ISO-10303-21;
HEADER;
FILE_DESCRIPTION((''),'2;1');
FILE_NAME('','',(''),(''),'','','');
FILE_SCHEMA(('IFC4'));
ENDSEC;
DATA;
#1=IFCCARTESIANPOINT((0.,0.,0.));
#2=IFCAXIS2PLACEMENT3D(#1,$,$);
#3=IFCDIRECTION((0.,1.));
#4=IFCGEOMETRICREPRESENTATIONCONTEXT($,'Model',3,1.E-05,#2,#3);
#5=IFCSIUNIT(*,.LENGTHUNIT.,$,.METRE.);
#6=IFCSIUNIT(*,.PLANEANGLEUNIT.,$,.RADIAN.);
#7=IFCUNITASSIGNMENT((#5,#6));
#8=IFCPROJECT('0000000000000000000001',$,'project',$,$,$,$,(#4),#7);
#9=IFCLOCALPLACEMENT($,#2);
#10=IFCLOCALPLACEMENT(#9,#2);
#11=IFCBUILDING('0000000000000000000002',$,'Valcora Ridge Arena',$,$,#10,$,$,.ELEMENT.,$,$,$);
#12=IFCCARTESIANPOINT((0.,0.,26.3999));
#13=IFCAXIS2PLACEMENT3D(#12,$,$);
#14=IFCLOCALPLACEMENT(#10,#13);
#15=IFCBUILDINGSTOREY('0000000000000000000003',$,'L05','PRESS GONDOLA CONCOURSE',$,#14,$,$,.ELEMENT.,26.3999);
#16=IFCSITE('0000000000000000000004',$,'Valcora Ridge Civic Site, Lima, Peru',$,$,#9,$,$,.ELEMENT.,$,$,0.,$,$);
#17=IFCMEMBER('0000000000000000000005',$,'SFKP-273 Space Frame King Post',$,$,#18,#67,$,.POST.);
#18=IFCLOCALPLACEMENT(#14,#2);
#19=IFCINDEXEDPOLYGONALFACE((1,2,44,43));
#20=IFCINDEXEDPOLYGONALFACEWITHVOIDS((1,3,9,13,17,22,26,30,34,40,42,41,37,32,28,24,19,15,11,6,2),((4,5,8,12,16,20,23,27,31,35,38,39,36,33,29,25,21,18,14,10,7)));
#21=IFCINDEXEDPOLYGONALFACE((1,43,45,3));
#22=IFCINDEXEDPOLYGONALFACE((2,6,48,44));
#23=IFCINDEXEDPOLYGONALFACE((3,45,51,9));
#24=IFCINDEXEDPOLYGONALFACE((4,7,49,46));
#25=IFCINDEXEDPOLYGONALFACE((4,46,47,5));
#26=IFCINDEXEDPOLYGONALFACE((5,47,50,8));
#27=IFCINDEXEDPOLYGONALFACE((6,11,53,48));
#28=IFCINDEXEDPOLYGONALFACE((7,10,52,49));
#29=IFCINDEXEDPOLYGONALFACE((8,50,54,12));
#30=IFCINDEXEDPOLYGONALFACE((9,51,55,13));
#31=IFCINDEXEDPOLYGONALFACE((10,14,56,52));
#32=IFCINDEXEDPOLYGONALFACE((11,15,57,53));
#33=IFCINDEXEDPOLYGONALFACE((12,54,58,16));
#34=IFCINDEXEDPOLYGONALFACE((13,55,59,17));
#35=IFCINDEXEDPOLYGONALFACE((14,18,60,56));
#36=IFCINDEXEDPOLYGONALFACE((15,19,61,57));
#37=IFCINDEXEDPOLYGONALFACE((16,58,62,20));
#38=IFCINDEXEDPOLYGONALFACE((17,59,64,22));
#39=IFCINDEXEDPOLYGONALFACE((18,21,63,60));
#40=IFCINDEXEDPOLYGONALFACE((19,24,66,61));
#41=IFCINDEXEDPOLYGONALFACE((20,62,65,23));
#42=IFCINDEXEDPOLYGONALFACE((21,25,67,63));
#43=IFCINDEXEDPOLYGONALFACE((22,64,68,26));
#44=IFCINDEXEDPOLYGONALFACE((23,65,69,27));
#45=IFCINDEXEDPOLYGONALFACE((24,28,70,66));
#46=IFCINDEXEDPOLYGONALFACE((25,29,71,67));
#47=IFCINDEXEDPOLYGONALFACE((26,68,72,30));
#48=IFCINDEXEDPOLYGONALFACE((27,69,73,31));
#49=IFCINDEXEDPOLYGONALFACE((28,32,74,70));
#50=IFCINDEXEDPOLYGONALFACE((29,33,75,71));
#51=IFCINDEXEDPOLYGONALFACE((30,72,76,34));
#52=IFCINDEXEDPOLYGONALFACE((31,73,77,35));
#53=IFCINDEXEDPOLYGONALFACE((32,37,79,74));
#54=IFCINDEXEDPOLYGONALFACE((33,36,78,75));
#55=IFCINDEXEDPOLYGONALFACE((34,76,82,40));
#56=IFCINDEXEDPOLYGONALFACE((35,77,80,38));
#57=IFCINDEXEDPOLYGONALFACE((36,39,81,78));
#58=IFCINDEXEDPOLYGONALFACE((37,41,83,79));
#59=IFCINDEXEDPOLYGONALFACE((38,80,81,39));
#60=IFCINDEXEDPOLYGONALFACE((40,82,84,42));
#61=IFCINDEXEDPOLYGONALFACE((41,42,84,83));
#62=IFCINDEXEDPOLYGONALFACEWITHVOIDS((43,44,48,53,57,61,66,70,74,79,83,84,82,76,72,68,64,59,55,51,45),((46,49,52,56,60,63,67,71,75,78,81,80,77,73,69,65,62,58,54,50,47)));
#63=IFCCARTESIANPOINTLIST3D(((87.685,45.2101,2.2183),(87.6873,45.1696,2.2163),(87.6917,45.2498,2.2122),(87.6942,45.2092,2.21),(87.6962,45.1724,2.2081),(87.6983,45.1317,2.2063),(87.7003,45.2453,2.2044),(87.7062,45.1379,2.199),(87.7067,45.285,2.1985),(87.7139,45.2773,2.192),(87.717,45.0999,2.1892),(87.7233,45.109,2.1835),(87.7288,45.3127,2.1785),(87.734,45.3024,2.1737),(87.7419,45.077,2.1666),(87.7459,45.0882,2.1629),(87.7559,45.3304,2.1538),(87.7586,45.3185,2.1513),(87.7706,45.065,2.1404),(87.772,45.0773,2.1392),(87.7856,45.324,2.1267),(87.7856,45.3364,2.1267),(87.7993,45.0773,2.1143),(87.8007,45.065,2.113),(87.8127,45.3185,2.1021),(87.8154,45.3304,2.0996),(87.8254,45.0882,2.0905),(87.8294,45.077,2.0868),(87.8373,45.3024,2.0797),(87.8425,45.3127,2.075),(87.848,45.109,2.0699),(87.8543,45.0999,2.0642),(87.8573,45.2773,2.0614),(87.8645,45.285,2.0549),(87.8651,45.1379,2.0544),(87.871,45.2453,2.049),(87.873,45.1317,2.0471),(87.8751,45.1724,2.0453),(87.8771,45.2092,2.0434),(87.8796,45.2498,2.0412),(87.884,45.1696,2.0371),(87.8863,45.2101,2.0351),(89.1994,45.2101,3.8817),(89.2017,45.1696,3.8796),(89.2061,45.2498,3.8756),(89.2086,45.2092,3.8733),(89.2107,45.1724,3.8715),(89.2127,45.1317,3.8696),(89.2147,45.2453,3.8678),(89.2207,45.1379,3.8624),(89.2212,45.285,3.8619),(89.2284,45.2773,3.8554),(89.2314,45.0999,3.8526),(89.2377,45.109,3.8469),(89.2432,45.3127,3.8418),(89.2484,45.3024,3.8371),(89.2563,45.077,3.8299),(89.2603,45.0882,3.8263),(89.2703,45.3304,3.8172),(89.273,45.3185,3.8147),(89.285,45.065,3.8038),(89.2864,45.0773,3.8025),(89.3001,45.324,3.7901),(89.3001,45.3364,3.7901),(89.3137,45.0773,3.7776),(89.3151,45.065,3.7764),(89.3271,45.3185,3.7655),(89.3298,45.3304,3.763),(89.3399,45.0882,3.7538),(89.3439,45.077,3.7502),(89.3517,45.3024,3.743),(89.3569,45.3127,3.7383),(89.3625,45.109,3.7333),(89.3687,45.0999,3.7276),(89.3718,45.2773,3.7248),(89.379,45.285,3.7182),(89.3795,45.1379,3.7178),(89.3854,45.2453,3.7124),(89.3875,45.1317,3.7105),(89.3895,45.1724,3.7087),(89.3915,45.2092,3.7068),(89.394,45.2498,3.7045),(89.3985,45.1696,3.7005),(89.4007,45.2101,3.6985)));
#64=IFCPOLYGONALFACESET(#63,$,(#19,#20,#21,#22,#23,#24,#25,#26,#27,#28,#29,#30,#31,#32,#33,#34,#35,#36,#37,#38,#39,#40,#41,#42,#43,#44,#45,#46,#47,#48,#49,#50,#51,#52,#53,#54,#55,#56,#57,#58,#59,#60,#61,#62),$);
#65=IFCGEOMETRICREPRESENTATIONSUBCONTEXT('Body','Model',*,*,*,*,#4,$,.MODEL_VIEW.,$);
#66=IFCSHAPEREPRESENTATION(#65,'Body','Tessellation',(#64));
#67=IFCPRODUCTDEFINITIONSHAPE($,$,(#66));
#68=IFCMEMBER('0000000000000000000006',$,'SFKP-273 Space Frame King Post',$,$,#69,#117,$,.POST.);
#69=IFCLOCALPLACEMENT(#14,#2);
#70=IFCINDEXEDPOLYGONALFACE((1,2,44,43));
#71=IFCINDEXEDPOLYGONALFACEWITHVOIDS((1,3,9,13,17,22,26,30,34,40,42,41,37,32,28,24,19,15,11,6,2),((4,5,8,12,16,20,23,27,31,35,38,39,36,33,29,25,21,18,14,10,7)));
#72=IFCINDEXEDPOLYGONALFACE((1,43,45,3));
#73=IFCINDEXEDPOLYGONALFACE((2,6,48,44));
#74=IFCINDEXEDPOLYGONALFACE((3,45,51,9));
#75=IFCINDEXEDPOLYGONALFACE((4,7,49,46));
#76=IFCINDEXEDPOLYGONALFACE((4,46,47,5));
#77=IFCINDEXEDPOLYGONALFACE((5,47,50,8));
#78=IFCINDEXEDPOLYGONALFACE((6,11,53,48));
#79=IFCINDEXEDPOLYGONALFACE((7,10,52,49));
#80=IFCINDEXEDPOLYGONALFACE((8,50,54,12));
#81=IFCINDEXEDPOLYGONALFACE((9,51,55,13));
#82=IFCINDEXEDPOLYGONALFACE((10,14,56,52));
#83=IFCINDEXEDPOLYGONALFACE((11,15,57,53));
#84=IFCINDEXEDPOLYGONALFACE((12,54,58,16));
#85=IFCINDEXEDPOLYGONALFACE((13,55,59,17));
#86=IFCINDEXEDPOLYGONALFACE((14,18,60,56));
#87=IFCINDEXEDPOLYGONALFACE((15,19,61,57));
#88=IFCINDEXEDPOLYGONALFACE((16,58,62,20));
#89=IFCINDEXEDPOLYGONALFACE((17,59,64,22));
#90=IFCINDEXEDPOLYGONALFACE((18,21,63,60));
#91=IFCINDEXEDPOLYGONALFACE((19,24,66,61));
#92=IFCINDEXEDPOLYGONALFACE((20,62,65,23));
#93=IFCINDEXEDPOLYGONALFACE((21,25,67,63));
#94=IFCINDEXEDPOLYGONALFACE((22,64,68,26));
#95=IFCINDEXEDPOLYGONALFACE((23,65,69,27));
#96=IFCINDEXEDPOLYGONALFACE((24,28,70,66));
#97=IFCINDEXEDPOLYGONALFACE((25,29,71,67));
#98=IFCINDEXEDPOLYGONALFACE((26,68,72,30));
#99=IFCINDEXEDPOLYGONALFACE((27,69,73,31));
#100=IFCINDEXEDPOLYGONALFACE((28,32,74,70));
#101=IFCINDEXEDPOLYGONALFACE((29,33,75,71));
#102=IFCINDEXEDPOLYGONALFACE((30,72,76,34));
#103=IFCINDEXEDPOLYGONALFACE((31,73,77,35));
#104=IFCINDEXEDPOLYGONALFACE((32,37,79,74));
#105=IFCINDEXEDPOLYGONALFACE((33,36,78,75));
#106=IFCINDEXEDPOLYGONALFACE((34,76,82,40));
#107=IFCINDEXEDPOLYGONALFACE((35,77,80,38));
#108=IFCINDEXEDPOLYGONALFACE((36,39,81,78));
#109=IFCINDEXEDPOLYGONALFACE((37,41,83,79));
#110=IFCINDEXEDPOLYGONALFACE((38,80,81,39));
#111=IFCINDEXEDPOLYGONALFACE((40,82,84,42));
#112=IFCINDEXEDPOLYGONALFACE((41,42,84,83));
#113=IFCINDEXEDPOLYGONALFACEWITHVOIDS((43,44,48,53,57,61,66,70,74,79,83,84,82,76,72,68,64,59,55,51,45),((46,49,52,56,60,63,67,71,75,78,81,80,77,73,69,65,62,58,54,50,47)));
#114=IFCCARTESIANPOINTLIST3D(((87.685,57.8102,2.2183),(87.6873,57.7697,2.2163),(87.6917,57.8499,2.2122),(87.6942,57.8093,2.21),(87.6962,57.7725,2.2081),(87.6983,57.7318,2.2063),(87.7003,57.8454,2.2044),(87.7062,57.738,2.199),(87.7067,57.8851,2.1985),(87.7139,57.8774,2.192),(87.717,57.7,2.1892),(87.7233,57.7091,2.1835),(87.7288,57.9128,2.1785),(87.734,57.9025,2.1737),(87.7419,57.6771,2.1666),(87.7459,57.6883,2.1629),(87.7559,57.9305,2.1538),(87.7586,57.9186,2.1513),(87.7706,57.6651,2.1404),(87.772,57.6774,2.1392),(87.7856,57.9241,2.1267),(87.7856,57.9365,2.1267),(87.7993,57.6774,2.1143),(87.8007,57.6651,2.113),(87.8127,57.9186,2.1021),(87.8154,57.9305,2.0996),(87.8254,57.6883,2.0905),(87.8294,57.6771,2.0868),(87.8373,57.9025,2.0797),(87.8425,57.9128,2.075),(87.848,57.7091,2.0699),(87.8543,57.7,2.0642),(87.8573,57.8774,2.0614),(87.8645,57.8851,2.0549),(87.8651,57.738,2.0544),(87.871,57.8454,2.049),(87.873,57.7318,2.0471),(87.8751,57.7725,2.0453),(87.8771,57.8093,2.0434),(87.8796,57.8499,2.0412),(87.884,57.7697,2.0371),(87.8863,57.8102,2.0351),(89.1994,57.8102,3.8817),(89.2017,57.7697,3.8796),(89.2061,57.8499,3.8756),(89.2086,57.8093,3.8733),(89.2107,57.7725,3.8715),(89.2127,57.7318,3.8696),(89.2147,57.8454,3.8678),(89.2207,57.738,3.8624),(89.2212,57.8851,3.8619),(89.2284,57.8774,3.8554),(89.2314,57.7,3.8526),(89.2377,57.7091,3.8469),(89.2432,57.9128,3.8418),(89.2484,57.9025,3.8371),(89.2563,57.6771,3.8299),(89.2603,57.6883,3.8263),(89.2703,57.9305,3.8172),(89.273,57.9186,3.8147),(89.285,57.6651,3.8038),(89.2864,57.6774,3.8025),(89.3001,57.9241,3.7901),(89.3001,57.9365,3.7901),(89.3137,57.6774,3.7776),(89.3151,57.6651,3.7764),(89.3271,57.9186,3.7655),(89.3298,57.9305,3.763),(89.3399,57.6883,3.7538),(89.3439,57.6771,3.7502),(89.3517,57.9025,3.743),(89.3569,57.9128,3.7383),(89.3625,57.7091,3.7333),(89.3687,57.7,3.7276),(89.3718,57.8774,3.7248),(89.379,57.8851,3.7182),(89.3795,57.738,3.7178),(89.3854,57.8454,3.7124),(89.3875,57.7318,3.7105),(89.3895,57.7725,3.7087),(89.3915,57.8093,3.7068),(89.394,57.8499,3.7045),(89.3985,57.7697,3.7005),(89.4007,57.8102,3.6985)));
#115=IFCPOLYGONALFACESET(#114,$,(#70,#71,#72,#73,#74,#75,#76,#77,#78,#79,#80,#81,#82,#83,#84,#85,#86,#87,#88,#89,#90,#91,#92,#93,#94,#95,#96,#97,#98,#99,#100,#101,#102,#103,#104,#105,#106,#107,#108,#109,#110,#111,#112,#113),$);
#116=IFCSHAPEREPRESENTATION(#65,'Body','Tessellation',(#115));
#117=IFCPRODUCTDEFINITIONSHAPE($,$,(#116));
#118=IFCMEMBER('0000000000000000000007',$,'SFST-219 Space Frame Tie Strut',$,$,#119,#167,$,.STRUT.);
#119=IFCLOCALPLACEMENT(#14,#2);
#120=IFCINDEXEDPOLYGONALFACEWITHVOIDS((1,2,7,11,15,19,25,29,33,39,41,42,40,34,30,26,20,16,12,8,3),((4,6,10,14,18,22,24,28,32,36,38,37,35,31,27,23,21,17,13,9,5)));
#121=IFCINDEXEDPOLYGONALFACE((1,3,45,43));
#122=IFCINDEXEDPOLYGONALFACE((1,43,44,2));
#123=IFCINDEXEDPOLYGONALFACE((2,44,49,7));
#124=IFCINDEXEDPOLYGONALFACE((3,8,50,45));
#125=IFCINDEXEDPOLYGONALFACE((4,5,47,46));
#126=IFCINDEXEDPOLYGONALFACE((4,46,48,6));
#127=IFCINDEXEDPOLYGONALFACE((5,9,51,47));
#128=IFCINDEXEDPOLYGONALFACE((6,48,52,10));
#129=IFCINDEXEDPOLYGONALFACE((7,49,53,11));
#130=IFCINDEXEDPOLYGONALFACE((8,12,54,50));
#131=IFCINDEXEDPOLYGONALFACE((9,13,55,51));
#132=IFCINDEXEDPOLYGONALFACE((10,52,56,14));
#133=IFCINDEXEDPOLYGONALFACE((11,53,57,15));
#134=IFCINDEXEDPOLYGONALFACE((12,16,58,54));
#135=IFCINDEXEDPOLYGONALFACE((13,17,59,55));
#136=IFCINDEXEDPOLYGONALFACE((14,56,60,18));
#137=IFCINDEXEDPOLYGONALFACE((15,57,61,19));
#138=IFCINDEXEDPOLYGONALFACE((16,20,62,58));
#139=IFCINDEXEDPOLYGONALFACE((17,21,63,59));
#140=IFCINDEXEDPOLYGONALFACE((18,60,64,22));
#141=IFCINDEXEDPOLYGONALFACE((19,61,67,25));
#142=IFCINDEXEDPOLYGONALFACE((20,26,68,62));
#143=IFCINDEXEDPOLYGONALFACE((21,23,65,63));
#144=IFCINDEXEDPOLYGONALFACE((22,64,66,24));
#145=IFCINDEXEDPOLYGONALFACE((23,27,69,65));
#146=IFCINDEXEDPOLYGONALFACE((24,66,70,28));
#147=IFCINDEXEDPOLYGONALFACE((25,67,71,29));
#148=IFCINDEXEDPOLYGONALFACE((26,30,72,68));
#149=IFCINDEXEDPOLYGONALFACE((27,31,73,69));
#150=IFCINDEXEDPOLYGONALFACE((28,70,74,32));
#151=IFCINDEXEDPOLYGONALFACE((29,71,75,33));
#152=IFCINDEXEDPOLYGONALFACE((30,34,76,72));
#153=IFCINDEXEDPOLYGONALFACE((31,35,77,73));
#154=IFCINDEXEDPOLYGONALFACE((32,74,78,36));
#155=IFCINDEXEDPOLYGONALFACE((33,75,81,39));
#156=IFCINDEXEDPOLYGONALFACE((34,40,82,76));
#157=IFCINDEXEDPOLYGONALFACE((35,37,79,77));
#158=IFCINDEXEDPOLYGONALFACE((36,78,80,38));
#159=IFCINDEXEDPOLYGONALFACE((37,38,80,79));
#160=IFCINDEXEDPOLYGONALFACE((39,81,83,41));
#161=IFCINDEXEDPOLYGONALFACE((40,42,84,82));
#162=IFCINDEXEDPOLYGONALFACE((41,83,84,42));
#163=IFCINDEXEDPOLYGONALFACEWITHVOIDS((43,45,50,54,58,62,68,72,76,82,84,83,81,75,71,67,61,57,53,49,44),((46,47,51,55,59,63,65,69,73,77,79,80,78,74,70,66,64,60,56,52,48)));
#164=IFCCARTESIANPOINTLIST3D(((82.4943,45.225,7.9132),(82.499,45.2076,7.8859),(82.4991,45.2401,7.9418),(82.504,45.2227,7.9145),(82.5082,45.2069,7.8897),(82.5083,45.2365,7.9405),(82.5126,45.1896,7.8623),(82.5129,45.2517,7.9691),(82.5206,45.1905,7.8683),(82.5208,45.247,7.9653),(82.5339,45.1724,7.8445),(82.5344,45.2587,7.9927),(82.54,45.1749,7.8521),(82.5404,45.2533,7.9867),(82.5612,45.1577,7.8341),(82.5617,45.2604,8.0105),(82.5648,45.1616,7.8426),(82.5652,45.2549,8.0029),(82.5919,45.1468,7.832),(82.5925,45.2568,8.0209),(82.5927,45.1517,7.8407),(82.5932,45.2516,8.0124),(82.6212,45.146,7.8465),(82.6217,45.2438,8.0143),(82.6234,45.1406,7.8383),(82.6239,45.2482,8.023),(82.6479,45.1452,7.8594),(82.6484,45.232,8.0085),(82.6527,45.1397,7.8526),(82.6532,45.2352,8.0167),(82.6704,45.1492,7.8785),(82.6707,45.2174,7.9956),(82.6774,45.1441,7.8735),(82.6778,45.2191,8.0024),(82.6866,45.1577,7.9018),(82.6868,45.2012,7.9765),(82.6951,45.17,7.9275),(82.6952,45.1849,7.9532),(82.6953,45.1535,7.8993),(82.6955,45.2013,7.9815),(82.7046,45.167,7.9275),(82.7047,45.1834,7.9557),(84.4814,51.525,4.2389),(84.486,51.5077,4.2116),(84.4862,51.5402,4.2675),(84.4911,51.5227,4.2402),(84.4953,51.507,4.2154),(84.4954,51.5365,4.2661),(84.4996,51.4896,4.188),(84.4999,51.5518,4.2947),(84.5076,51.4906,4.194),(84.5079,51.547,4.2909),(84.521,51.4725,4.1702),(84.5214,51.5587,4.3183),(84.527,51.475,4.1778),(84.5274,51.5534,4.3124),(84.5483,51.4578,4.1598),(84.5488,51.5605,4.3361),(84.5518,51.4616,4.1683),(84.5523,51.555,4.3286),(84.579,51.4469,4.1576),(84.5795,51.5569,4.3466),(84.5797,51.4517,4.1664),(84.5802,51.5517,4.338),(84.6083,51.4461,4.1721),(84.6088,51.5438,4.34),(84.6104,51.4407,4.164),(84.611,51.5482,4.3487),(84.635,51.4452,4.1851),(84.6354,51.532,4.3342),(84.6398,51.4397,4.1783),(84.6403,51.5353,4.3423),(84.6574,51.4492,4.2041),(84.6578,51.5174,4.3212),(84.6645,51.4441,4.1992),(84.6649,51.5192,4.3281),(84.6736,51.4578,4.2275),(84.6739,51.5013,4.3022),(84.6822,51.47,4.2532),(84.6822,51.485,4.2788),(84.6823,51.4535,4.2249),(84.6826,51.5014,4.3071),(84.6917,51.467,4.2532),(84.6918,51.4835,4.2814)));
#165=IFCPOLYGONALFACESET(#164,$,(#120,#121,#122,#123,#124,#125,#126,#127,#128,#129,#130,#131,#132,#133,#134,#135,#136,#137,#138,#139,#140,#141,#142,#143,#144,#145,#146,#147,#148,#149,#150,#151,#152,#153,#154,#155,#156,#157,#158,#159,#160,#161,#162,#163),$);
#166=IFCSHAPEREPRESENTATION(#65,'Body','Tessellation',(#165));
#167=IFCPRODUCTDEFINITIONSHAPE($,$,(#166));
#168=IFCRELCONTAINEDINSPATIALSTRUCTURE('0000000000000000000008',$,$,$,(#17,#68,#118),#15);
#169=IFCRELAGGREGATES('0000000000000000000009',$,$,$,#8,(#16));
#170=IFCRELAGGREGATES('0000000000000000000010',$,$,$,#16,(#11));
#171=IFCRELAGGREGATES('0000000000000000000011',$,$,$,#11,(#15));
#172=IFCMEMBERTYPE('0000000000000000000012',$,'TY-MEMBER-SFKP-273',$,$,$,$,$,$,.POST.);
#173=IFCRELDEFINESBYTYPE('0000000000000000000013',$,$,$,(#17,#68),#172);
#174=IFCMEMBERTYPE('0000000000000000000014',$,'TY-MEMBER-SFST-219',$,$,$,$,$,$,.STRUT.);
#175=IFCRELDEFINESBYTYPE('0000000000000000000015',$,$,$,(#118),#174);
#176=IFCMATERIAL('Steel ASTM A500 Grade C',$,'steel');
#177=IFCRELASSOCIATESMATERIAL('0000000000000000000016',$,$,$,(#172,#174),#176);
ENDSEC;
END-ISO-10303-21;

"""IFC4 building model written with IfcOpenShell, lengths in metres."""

from ifc_helpers import new_model, si_unit, direction, frame, origin, origin_2d, place, context, subcontext, project, spatial, hollow_circle, extrude, material, material_profile, profile_set, type_object, element, save


model = new_model("IFC4")

# Units and contexts
model_context = context("Model", 3, precision=1e-05, world=origin(), true_north=direction((0.0, 1.0)))
body_context = subcontext(model_context, "Body", "Model", "MODEL_VIEW")
ifc_project = project(units=[si_unit("LENGTHUNIT", "METRE"), si_unit("PLANEANGLEUNIT", "RADIAN")], contexts=[model_context])

# Site, building, storey
site_placement = place(None, origin())
site = spatial("IfcSite", under=ifc_project, at=site_placement, Name="Valcora Ridge Civic Site, Lima, Peru", CompositionType="ELEMENT", RefElevation=0.0)
building_placement = place(site_placement, origin())
building = spatial("IfcBuilding", under=site, at=building_placement, Name="Valcora Ridge Arena", CompositionType="ELEMENT")
storey_placement = place(building_placement, frame((0.0, 0.0, 26.3999)))
storey = spatial("IfcBuildingStorey", under=building, at=storey_placement, Name="L05", Description="PRESS GONDOLA CONCOURSE", CompositionType="ELEMENT", Elevation=26.3999)

# Members
ifc_material_1 = material(Name="Steel ASTM A500 Grade C", Category="steel")
ifc_material_profile_1 = material_profile(ifc_material_1, hollow_circle(Radius=0.1365, WallThickness=0.0125, at=origin_2d()), Name="CHS273X12")
ifc_profile_set_1 = profile_set([ifc_material_profile_1], Name="Steel ASTM A500 Grade C")
member_type_1 = type_object("IfcMemberType", Name="TY-MEMBER-SFKP-273", PredefinedType="POST", material=ifc_profile_set_1)
for number, where, z_axis, x_axis, name in (
    (1, (87.7856, 45.2, 2.1267), (0.673229, 0.0, 0.739434), (0.0, 1.0, 0.0), "SFKP-273 Space Frame King Post"),
    (2, (87.7856, 57.8, 2.1267), (0.673229, 0.0, 0.739434), (0.0, 1.0, 0.0), "SFKP-273 Space Frame King Post"),
):
    element("IfcMember", number, at=place(storey_placement, frame(where, z_axis=z_axis, x_axis=x_axis)), inside=storey, type_object=member_type_1, Name=name, PredefinedType="POST", context=body_context, shape_type="SweptSolid", body=[
        extrude(hollow_circle(Radius=0.1365, WallThickness=0.0125, at=origin_2d()), origin(), (0.0, 0.0, 1.0), 2.2495),
    ])
ifc_material_profile_2 = material_profile(ifc_material_1, hollow_circle(Radius=0.1096, WallThickness=0.01, at=origin_2d()), Name="CHS219X10")
ifc_profile_set_2 = profile_set([ifc_material_profile_2], Name="Steel ASTM A500 Grade C")
member_type_2 = type_object("IfcMemberType", Name="TY-MEMBER-SFST-219", PredefinedType="STRUT", material=ifc_profile_set_2)
member_1_placement = place(storey_placement, frame((84.5872, 51.5, 4.2532), z_axis=(-0.262871, -0.833442, 0.48608), x_axis=(0.953688, -0.300797, 0.0)))
element("IfcMember", 3, at=member_1_placement, inside=storey, type_object=member_type_2, Name="SFST-219 Space Frame Tie Strut", PredefinedType="STRUT", context=body_context, shape_type="SweptSolid", body=[
    extrude(hollow_circle(Radius=0.1096, WallThickness=0.01, at=origin_2d()), origin(), (0.0, 0.0, 1.0), 7.5591),
])

save(model, "model.ifc")
